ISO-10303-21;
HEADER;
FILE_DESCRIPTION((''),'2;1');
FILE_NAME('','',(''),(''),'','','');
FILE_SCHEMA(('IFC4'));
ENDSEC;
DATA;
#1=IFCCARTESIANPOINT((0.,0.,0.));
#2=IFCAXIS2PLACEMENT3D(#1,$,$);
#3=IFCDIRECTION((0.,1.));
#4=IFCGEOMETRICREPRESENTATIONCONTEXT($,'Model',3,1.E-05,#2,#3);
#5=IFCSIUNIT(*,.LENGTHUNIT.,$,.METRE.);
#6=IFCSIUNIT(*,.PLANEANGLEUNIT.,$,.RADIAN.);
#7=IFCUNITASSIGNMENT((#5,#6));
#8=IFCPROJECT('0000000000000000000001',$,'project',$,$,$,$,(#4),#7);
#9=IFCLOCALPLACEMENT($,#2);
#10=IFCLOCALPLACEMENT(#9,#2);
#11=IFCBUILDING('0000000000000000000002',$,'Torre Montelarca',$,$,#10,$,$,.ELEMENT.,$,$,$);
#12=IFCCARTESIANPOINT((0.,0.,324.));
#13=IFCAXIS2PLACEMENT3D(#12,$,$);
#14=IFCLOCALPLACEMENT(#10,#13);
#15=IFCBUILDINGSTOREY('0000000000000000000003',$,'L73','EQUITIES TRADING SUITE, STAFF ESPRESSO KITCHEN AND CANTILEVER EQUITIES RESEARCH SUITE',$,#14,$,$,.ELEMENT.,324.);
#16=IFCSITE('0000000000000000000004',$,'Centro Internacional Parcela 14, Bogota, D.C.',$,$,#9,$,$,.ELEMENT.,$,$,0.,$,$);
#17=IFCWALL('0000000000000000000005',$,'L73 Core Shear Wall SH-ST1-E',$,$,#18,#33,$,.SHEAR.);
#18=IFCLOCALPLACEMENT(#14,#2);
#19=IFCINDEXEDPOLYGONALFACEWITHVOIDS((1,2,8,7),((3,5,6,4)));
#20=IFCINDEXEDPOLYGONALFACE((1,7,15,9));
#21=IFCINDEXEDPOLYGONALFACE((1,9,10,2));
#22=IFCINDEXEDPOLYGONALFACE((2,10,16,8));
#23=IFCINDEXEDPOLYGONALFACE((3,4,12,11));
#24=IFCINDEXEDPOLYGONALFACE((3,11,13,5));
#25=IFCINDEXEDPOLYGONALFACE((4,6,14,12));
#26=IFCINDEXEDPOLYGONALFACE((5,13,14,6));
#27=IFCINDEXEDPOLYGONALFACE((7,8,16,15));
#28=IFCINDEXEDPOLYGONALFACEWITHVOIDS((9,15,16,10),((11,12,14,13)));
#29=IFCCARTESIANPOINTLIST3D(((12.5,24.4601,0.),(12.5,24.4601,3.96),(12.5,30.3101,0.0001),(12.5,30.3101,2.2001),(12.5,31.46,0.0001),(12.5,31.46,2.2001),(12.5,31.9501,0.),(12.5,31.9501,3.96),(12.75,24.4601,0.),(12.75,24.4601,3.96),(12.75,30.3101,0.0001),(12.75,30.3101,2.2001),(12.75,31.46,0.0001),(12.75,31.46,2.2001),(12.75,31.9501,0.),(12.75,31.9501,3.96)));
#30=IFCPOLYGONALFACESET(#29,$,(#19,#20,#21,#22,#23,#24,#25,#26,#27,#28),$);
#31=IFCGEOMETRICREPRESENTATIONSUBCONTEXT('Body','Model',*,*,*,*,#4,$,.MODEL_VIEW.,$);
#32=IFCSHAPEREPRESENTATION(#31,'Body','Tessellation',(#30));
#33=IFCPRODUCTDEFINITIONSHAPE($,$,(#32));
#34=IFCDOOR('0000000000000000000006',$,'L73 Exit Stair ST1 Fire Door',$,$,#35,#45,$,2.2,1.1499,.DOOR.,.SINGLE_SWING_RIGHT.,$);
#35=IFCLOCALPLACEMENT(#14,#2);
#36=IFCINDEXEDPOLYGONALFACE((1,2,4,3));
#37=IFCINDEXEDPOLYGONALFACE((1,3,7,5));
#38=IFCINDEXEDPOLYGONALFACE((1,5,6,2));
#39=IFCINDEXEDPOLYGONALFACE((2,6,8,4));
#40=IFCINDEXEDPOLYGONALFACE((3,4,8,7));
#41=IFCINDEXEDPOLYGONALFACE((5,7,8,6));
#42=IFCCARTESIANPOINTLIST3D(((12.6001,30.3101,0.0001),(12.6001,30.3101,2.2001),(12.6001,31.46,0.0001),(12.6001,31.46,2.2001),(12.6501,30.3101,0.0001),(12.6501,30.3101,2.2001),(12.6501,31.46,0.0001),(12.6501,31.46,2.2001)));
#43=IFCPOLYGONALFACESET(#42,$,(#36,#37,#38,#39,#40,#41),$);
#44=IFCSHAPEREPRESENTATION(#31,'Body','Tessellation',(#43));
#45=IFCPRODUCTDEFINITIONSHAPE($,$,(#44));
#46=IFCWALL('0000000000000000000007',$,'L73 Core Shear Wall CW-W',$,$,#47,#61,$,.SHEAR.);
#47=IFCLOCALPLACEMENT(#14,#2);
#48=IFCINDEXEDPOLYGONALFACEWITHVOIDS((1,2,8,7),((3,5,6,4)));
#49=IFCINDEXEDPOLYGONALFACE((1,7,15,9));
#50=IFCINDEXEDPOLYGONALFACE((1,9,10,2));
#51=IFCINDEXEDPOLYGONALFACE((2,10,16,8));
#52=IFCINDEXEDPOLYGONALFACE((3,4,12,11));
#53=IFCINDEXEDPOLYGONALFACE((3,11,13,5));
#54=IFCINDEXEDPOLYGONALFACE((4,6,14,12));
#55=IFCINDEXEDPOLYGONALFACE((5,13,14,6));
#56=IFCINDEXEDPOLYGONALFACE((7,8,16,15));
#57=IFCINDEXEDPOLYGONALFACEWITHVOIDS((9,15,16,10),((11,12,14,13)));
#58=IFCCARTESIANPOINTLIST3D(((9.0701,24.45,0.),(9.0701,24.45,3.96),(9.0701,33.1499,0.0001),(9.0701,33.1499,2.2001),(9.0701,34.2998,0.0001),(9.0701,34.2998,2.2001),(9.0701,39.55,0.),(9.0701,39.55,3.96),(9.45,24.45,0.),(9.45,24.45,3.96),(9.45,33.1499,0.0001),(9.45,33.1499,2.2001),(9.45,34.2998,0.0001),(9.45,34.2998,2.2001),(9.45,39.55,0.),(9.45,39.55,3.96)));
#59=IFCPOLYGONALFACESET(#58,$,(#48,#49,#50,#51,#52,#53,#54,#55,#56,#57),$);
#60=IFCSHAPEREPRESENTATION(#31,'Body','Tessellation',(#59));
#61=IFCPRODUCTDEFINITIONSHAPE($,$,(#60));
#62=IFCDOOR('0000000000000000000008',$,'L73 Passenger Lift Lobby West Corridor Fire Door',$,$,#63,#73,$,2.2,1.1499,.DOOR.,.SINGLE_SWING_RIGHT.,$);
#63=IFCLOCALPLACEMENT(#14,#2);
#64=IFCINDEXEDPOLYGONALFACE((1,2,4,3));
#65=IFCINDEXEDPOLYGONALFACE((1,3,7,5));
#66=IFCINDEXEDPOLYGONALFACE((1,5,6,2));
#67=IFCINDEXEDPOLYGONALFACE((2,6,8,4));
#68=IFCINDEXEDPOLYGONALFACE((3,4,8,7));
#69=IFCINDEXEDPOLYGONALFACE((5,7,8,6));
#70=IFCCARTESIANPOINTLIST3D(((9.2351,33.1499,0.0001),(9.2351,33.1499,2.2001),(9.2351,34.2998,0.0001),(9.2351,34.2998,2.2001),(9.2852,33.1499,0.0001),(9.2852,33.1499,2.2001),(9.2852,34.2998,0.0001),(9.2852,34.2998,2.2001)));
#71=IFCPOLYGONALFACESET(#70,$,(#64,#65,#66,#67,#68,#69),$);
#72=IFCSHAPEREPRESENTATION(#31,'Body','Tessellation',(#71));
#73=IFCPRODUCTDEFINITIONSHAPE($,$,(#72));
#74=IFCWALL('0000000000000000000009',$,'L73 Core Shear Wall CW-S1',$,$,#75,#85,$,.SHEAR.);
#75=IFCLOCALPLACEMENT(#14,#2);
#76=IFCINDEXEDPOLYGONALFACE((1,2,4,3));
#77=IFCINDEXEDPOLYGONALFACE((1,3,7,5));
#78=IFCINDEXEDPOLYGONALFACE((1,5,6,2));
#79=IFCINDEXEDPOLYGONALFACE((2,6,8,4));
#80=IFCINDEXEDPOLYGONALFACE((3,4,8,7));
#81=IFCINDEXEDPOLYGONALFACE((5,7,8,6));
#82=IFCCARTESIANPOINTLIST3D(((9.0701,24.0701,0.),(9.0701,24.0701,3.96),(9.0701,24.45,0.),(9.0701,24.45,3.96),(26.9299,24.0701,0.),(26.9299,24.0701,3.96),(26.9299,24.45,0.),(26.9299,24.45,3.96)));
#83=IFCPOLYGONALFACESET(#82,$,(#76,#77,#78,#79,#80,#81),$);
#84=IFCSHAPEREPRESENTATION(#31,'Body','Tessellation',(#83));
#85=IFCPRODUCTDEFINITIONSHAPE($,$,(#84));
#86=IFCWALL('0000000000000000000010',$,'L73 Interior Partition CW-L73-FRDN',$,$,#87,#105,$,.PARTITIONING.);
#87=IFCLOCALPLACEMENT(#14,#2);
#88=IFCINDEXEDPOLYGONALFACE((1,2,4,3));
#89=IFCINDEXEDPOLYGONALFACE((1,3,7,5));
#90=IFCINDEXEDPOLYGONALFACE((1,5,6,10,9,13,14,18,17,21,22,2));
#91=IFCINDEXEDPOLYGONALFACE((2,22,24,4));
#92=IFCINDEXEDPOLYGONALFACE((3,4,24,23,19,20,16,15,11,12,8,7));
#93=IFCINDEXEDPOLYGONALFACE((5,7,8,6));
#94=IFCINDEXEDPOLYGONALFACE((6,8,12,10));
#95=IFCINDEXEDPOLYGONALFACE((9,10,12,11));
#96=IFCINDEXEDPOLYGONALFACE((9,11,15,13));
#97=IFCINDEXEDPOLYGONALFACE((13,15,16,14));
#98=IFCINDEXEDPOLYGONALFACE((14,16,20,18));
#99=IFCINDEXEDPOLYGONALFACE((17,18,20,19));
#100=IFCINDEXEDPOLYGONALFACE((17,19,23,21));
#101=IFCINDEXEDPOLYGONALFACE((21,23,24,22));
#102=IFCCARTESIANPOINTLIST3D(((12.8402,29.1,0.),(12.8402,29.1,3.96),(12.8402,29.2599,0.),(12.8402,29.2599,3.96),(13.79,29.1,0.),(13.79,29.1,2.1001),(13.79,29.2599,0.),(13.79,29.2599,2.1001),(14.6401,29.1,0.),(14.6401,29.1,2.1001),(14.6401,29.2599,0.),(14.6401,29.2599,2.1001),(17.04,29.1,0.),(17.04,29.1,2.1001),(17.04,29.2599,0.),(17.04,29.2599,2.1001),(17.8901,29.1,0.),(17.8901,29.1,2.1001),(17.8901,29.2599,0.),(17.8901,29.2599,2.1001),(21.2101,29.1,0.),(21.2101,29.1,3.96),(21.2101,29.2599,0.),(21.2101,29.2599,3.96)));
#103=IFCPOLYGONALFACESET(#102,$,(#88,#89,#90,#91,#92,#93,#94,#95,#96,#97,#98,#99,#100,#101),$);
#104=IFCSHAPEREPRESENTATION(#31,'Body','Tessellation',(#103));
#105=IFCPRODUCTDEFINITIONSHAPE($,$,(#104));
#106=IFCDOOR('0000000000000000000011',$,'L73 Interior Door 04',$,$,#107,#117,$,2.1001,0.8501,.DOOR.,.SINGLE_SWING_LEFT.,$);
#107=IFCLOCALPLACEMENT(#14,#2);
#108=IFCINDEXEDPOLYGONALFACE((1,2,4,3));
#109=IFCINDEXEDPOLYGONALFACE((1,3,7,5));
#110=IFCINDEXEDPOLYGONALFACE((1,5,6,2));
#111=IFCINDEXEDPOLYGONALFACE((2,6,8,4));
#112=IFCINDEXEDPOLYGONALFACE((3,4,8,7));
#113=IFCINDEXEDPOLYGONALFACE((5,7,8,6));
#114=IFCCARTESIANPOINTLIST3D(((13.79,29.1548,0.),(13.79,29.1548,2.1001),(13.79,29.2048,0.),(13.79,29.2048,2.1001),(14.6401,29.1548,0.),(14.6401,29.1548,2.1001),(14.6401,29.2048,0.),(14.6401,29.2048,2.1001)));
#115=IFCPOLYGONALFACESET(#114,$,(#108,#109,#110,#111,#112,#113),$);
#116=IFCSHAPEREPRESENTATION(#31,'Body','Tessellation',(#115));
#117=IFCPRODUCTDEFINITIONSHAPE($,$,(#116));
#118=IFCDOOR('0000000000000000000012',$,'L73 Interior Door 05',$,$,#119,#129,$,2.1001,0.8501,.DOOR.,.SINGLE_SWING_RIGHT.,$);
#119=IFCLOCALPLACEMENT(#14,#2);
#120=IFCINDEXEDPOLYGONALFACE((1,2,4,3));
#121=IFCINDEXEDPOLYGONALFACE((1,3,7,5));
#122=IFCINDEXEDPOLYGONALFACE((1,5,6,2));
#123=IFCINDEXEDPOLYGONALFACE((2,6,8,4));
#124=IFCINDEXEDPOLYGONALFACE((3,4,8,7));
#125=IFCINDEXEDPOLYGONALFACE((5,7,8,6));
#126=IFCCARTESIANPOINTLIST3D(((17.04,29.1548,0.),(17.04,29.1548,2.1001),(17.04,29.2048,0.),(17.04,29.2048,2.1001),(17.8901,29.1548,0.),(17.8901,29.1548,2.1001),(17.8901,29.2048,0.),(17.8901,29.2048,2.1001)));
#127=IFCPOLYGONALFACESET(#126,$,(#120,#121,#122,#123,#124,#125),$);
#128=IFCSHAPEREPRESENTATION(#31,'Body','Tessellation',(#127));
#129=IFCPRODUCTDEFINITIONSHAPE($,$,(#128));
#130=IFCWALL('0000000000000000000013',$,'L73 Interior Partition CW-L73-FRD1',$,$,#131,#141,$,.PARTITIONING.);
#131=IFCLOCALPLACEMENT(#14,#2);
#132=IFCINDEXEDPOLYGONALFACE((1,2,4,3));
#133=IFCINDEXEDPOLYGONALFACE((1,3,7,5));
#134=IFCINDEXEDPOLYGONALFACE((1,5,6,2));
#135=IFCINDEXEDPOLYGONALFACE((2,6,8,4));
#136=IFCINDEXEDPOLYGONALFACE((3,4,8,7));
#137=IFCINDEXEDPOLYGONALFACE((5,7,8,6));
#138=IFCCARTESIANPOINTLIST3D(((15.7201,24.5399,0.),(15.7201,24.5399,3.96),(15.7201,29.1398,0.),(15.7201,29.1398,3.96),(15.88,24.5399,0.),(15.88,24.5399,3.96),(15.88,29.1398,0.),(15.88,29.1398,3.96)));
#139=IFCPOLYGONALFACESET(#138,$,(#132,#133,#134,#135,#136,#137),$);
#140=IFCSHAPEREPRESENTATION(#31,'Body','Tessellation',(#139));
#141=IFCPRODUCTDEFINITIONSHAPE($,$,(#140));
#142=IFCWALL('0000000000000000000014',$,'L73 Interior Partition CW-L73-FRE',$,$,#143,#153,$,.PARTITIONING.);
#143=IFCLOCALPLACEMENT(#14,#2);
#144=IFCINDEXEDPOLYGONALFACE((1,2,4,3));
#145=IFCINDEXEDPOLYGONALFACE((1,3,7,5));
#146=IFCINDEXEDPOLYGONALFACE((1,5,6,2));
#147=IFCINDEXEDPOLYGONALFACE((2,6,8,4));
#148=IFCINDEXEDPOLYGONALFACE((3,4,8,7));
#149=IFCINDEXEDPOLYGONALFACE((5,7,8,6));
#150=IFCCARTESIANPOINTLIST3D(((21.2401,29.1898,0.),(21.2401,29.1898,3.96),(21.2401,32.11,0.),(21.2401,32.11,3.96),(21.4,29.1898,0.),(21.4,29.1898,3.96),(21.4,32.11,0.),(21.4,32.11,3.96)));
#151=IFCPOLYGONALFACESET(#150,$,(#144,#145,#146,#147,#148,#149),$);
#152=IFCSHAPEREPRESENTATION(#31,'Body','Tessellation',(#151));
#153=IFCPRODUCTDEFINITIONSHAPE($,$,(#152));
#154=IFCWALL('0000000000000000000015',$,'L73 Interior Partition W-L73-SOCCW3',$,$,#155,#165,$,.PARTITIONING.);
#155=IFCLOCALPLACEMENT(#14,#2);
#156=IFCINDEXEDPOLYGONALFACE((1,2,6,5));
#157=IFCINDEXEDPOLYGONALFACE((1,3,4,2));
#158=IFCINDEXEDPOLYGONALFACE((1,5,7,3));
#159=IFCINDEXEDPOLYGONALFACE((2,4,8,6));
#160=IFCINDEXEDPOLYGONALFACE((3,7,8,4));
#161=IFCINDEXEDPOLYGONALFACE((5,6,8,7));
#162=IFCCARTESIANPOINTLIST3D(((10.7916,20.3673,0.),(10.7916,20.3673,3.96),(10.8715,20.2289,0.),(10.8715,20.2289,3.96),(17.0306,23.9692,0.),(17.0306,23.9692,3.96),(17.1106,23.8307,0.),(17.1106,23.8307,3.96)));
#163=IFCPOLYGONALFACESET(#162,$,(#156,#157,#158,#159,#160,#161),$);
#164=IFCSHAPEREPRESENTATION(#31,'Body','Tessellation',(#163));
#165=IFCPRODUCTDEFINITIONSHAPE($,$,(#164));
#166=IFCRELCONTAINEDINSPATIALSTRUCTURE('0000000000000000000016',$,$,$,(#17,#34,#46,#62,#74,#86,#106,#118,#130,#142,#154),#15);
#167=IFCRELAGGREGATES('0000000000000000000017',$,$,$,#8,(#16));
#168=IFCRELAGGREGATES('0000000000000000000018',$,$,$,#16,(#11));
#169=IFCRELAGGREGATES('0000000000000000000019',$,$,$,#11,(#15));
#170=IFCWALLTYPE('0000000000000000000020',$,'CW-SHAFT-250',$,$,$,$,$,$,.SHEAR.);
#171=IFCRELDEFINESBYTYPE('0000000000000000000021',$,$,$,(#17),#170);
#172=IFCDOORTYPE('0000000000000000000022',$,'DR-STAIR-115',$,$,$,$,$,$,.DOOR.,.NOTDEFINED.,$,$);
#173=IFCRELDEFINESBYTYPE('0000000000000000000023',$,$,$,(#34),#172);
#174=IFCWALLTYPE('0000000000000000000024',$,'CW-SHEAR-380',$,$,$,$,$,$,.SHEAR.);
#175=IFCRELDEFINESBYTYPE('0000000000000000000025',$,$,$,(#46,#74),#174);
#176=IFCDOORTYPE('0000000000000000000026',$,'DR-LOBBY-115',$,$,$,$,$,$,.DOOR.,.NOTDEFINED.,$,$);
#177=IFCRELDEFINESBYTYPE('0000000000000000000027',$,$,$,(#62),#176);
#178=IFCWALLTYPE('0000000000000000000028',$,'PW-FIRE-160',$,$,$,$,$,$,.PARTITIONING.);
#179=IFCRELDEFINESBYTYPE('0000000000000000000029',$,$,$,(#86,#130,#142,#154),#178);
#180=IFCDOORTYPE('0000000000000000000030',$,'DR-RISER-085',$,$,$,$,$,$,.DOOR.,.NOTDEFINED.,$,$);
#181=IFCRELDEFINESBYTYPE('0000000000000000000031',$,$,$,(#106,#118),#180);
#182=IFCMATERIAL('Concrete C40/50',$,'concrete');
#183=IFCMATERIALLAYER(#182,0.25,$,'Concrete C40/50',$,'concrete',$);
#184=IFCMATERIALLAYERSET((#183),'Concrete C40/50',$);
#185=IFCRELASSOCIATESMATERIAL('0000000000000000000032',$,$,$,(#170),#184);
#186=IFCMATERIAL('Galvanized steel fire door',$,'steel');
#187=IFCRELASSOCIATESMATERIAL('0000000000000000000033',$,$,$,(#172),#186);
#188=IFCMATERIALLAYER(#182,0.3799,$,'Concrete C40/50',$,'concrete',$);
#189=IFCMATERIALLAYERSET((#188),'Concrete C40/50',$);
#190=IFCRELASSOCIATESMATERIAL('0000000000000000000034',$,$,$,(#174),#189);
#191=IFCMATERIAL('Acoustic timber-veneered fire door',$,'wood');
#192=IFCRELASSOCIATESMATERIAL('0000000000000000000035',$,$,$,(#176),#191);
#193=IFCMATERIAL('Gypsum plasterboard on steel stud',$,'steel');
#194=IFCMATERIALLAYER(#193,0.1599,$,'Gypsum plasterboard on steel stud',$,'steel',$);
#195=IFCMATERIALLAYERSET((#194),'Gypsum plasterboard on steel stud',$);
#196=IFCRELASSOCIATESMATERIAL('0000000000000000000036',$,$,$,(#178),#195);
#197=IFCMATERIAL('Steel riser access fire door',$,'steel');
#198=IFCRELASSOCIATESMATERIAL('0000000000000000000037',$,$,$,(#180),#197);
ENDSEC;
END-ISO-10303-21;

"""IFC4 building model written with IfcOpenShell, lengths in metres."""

from ifc_helpers import new_model, si_unit, direction, frame, frame_2d, origin, place, context, subcontext, project, spatial, rectangle, extrude, source, transform, mapped, material, layer, layer_set, type_object, element, fill, save


model = new_model("IFC4")

# Units and contexts
model_context = context("Model", 3, precision=1e-05, world=origin(), true_north=direction((0.0, 1.0)))
body_context = subcontext(model_context, "Body", "Model", "MODEL_VIEW")
ifc_project = project(units=[si_unit("LENGTHUNIT", "METRE"), si_unit("PLANEANGLEUNIT", "RADIAN")], contexts=[model_context])

# Site, building, storey
site_placement = place(None, origin())
site = spatial("IfcSite", under=ifc_project, at=site_placement, Name="Centro Internacional Parcela 14, Bogota, D.C.", CompositionType="ELEMENT", RefElevation=0.0)
building_placement = place(site_placement, origin())
building = spatial("IfcBuilding", under=site, at=building_placement, Name="Torre Montelarca", CompositionType="ELEMENT")
storey_placement = place(building_placement, frame((0.0, 0.0, 324.0)))
storey = spatial("IfcBuildingStorey", under=building, at=storey_placement, Name="L73", Description="EQUITIES TRADING SUITE, STAFF ESPRESSO KITCHEN AND CANTILEVER EQUITIES RESEARCH SUITE", CompositionType="ELEMENT", Elevation=324.0)

# Shared definitions
ifc_material_1 = material(Name="Concrete C40/50", Category="concrete")

# Walls, openings, doors
ifc_layer_1 = layer(ifc_material_1, 0.25, Name="Concrete C40/50", Category="concrete")
ifc_layer_set_1 = layer_set([ifc_layer_1], Name="Concrete C40/50")
wall_type_1 = type_object("IfcWallType", Name="CW-SHAFT-250", PredefinedType="SHEAR", material=ifc_layer_set_1)
wall_1_placement = place(storey_placement, frame((12.625, 24.46, 0.0), z_axis=(0.0, 0.0, 1.0), x_axis=(0.0, 1.0, 0.0)))
wall_1 = element("IfcWall", 1, at=wall_1_placement, inside=storey, type_object=wall_type_1, Name="L73 Core Shear Wall SH-ST1-E", PredefinedType="SHEAR", context=body_context, shape_type="SweptSolid", body=[
    extrude(rectangle(XDim=7.49, YDim=0.25, at=frame_2d((3.7451, 0.0))), origin(), (0.0, 0.0, 1.0), 3.96),
])
opening_1_placement = place(wall_1_placement, frame((5.8501, 0.0, 0.0)))
opening_1 = element("IfcOpeningElement", 2, at=opening_1_placement, cuts=wall_1, PredefinedType="OPENING", context=body_context, shape_type="SweptSolid", body=[
    extrude(rectangle(XDim=1.1499, YDim=2.2, at=frame_2d((0.575, 1.1001))), frame((0.0, 0.135, 0.0), z_axis=(0.0, -1.0, 0.0), x_axis=(1.0, 0.0, 0.0)), (0.0, 0.0, 1.0), 0.27),
])
ifc_material_2 = material(Name="Galvanized steel fire door", Category="steel")
door_type_1 = type_object("IfcDoorType", Name="DR-STAIR-115", OperationType="NOTDEFINED", PredefinedType="DOOR", material=ifc_material_2)
shared_shape_1 = source(origin(), body_context, "Body", "SweptSolid", [
    extrude(rectangle(XDim=1.1499, YDim=2.2, at=frame_2d((0.575, 1.1001))), frame((0.0, 0.0249, 0.0), z_axis=(0.0, -1.0, 0.0), x_axis=(1.0, 0.0, 0.0)), (0.0, 0.0, 1.0), 0.05),
])
door_1_placement = place(opening_1_placement, origin())
door_1 = element("IfcDoor", 3, at=door_1_placement, inside=storey, type_object=door_type_1, Name="L73 Exit Stair ST1 Fire Door", OperationType="SINGLE_SWING_RIGHT", OverallHeight=2.2, OverallWidth=1.1499, PredefinedType="DOOR", context=body_context, shape_type="MappedRepresentation", body=[
    mapped(shared_shape_1, transform((0.0, 0.0, 0.0), scale=1.0)),
])
fill(opening_1, door_1)
ifc_layer_2 = layer(ifc_material_1, 0.3799, Name="Concrete C40/50", Category="concrete")
ifc_layer_set_2 = layer_set([ifc_layer_2], Name="Concrete C40/50")
wall_type_2 = type_object("IfcWallType", Name="CW-SHEAR-380", PredefinedType="SHEAR", material=ifc_layer_set_2)
wall_2_placement = place(storey_placement, frame((9.26, 24.45, 0.0), z_axis=(0.0, 0.0, 1.0), x_axis=(0.0, 1.0, 0.0)))
wall_2 = element("IfcWall", 4, at=wall_2_placement, inside=storey, type_object=wall_type_2, Name="L73 Core Shear Wall CW-W", PredefinedType="SHEAR", context=body_context, shape_type="SweptSolid", body=[
    extrude(rectangle(XDim=15.1001, YDim=0.3799, at=frame_2d((7.55, 0.0))), origin(), (0.0, 0.0, 1.0), 3.96),
])
opening_2_placement = place(wall_2_placement, frame((8.7, 0.0, 0.0)))
opening_2 = element("IfcOpeningElement", 5, at=opening_2_placement, cuts=wall_2, PredefinedType="OPENING", context=body_context, shape_type="SweptSolid", body=[
    extrude(rectangle(XDim=1.1499, YDim=2.2, at=frame_2d((0.575, 1.1001))), frame((0.0, 0.2, 0.0), z_axis=(0.0, -1.0, 0.0), x_axis=(1.0, 0.0, 0.0)), (0.0, 0.0, 1.0), 0.3999),
])
ifc_material_3 = material(Name="Acoustic timber-veneered fire door", Category="wood")
door_type_2 = type_object("IfcDoorType", Name="DR-LOBBY-115", OperationType="NOTDEFINED", PredefinedType="DOOR", material=ifc_material_3)
shared_shape_2 = source(origin(), body_context, "Body", "SweptSolid", [
    extrude(rectangle(XDim=1.1499, YDim=2.2, at=frame_2d((0.575, 1.1001))), frame((0.0, 0.0249, 0.0), z_axis=(0.0, -1.0, 0.0), x_axis=(1.0, 0.0, 0.0)), (0.0, 0.0, 1.0), 0.05),
])
door_2_placement = place(opening_2_placement, origin())
door_2 = element("IfcDoor", 6, at=door_2_placement, inside=storey, type_object=door_type_2, Name="L73 Passenger Lift Lobby West Corridor Fire Door", OperationType="SINGLE_SWING_RIGHT", OverallHeight=2.2, OverallWidth=1.1499, PredefinedType="DOOR", context=body_context, shape_type="MappedRepresentation", body=[
    mapped(shared_shape_2, transform((0.0, 0.0, 0.0), scale=1.0)),
])
fill(opening_2, door_2)

# Wall
wall_3_placement = place(storey_placement, frame((9.0701, 24.26, 0.0), z_axis=(0.0, 0.0, 1.0), x_axis=(1.0, 0.0, 0.0)))
element("IfcWall", 7, at=wall_3_placement, inside=storey, type_object=wall_type_2, Name="L73 Core Shear Wall CW-S1", PredefinedType="SHEAR", context=body_context, shape_type="SweptSolid", body=[
    extrude(rectangle(XDim=17.8599, YDim=0.3799, at=frame_2d((8.9299, 0.0))), origin(), (0.0, 0.0, 1.0), 3.96),
])

# Wall, openings, doors
ifc_material_4 = material(Name="Gypsum plasterboard on steel stud", Category="steel")
ifc_layer_3 = layer(ifc_material_4, 0.1599, Name="Gypsum plasterboard on steel stud", Category="steel")
ifc_layer_set_3 = layer_set([ifc_layer_3], Name="Gypsum plasterboard on steel stud")
wall_type_3 = type_object("IfcWallType", Name="PW-FIRE-160", PredefinedType="PARTITIONING", material=ifc_layer_set_3)
wall_4_placement = place(storey_placement, frame((12.8401, 29.1799, 0.0), z_axis=(0.0, 0.0, 1.0), x_axis=(1.0, 0.0, 0.0)))
wall_4 = element("IfcWall", 8, at=wall_4_placement, inside=storey, type_object=wall_type_3, Name="L73 Interior Partition CW-L73-FRDN", PredefinedType="PARTITIONING", context=body_context, shape_type="SweptSolid", body=[
    extrude(rectangle(XDim=8.3699, YDim=0.1599, at=frame_2d((4.1851, 0.0))), origin(), (0.0, 0.0, 1.0), 3.96),
])
opening_3_placement = place(wall_4_placement, frame((0.95, 0.0, 0.0)))
opening_3 = element("IfcOpeningElement", 9, at=opening_3_placement, cuts=wall_4, PredefinedType="OPENING", context=body_context, shape_type="SweptSolid", body=[
    extrude(rectangle(XDim=0.8501, YDim=2.1001, at=frame_2d((0.425, 1.05))), frame((0.0, 0.0898, 0.0), z_axis=(0.0, -1.0, 0.0), x_axis=(1.0, 0.0, 0.0)), (0.0, 0.0, 1.0), 0.1799),
])
opening_4_placement = place(wall_4_placement, frame((4.2, 0.0, 0.0)))
opening_4 = element("IfcOpeningElement", 10, at=opening_4_placement, cuts=wall_4, PredefinedType="OPENING", context=body_context, shape_type="SweptSolid", body=[
    extrude(rectangle(XDim=0.8501, YDim=2.1001, at=frame_2d((0.425, 1.05))), frame((0.0, 0.0898, 0.0), z_axis=(0.0, -1.0, 0.0), x_axis=(1.0, 0.0, 0.0)), (0.0, 0.0, 1.0), 0.1799),
])
ifc_material_5 = material(Name="Steel riser access fire door", Category="steel")
door_type_3 = type_object("IfcDoorType", Name="DR-RISER-085", OperationType="NOTDEFINED", PredefinedType="DOOR", material=ifc_material_5)
shared_shape_3 = source(origin(), body_context, "Body", "SweptSolid", [
    extrude(rectangle(XDim=0.8501, YDim=2.1001, at=frame_2d((0.425, 1.05))), frame((0.0, 0.0249, 0.0), z_axis=(0.0, -1.0, 0.0), x_axis=(1.0, 0.0, 0.0)), (0.0, 0.0, 1.0), 0.05),
])
door_3_placement = place(opening_3_placement, origin())
door_3 = element("IfcDoor", 11, at=door_3_placement, inside=storey, type_object=door_type_3, Name="L73 Interior Door 04", OperationType="SINGLE_SWING_LEFT", OverallHeight=2.1001, OverallWidth=0.8501, PredefinedType="DOOR", context=body_context, shape_type="MappedRepresentation", body=[
    mapped(shared_shape_3, transform((0.0, 0.0, 0.0), scale=1.0)),
])
fill(opening_3, door_3)
door_4_placement = place(opening_4_placement, origin())
door_4 = element("IfcDoor", 12, at=door_4_placement, inside=storey, type_object=door_type_3, Name="L73 Interior Door 05", OperationType="SINGLE_SWING_RIGHT", OverallHeight=2.1001, OverallWidth=0.8501, PredefinedType="DOOR", context=body_context, shape_type="MappedRepresentation", body=[
    mapped(shared_shape_3, transform((0.0, 0.0, 0.0), scale=1.0)),
])
fill(opening_4, door_4)

# Walls
wall_5_placement = place(storey_placement, frame((15.8, 24.54, 0.0), z_axis=(0.0, 0.0, 1.0), x_axis=(0.0, 1.0, 0.0)))
element("IfcWall", 13, at=wall_5_placement, inside=storey, type_object=wall_type_3, Name="L73 Interior Partition CW-L73-FRD1", PredefinedType="PARTITIONING", context=body_context, shape_type="SweptSolid", body=[
    extrude(rectangle(XDim=4.5999, YDim=0.1599, at=frame_2d((2.2998, 0.0))), origin(), (0.0, 0.0, 1.0), 3.96),
])
wall_6_placement = place(storey_placement, frame((21.3201, 29.1899, 0.0), z_axis=(0.0, 0.0, 1.0), x_axis=(0.0, 1.0, 0.0)))
element("IfcWall", 14, at=wall_6_placement, inside=storey, type_object=wall_type_3, Name="L73 Interior Partition CW-L73-FRE", PredefinedType="PARTITIONING", context=body_context, shape_type="SweptSolid", body=[
    extrude(rectangle(XDim=2.9202, YDim=0.1599, at=frame_2d((1.46, 0.0))), origin(), (0.0, 0.0, 1.0), 3.96),
])
wall_7_placement = place(storey_placement, frame((10.8315, 20.2981, 0.0), z_axis=(0.0, 0.0, 1.0), x_axis=(0.866043, 0.49997, 0.0)))
element("IfcWall", 15, at=wall_7_placement, inside=storey, type_object=wall_type_3, Name="L73 Interior Partition W-L73-SOCCW3", PredefinedType="PARTITIONING", context=body_context, shape_type="SweptSolid", body=[
    extrude(rectangle(XDim=7.2041, YDim=0.1599, at=frame_2d((3.6021, 0.0))), origin(), (0.0, 0.0, 1.0), 3.96),
])

save(model, "model.ifc")
